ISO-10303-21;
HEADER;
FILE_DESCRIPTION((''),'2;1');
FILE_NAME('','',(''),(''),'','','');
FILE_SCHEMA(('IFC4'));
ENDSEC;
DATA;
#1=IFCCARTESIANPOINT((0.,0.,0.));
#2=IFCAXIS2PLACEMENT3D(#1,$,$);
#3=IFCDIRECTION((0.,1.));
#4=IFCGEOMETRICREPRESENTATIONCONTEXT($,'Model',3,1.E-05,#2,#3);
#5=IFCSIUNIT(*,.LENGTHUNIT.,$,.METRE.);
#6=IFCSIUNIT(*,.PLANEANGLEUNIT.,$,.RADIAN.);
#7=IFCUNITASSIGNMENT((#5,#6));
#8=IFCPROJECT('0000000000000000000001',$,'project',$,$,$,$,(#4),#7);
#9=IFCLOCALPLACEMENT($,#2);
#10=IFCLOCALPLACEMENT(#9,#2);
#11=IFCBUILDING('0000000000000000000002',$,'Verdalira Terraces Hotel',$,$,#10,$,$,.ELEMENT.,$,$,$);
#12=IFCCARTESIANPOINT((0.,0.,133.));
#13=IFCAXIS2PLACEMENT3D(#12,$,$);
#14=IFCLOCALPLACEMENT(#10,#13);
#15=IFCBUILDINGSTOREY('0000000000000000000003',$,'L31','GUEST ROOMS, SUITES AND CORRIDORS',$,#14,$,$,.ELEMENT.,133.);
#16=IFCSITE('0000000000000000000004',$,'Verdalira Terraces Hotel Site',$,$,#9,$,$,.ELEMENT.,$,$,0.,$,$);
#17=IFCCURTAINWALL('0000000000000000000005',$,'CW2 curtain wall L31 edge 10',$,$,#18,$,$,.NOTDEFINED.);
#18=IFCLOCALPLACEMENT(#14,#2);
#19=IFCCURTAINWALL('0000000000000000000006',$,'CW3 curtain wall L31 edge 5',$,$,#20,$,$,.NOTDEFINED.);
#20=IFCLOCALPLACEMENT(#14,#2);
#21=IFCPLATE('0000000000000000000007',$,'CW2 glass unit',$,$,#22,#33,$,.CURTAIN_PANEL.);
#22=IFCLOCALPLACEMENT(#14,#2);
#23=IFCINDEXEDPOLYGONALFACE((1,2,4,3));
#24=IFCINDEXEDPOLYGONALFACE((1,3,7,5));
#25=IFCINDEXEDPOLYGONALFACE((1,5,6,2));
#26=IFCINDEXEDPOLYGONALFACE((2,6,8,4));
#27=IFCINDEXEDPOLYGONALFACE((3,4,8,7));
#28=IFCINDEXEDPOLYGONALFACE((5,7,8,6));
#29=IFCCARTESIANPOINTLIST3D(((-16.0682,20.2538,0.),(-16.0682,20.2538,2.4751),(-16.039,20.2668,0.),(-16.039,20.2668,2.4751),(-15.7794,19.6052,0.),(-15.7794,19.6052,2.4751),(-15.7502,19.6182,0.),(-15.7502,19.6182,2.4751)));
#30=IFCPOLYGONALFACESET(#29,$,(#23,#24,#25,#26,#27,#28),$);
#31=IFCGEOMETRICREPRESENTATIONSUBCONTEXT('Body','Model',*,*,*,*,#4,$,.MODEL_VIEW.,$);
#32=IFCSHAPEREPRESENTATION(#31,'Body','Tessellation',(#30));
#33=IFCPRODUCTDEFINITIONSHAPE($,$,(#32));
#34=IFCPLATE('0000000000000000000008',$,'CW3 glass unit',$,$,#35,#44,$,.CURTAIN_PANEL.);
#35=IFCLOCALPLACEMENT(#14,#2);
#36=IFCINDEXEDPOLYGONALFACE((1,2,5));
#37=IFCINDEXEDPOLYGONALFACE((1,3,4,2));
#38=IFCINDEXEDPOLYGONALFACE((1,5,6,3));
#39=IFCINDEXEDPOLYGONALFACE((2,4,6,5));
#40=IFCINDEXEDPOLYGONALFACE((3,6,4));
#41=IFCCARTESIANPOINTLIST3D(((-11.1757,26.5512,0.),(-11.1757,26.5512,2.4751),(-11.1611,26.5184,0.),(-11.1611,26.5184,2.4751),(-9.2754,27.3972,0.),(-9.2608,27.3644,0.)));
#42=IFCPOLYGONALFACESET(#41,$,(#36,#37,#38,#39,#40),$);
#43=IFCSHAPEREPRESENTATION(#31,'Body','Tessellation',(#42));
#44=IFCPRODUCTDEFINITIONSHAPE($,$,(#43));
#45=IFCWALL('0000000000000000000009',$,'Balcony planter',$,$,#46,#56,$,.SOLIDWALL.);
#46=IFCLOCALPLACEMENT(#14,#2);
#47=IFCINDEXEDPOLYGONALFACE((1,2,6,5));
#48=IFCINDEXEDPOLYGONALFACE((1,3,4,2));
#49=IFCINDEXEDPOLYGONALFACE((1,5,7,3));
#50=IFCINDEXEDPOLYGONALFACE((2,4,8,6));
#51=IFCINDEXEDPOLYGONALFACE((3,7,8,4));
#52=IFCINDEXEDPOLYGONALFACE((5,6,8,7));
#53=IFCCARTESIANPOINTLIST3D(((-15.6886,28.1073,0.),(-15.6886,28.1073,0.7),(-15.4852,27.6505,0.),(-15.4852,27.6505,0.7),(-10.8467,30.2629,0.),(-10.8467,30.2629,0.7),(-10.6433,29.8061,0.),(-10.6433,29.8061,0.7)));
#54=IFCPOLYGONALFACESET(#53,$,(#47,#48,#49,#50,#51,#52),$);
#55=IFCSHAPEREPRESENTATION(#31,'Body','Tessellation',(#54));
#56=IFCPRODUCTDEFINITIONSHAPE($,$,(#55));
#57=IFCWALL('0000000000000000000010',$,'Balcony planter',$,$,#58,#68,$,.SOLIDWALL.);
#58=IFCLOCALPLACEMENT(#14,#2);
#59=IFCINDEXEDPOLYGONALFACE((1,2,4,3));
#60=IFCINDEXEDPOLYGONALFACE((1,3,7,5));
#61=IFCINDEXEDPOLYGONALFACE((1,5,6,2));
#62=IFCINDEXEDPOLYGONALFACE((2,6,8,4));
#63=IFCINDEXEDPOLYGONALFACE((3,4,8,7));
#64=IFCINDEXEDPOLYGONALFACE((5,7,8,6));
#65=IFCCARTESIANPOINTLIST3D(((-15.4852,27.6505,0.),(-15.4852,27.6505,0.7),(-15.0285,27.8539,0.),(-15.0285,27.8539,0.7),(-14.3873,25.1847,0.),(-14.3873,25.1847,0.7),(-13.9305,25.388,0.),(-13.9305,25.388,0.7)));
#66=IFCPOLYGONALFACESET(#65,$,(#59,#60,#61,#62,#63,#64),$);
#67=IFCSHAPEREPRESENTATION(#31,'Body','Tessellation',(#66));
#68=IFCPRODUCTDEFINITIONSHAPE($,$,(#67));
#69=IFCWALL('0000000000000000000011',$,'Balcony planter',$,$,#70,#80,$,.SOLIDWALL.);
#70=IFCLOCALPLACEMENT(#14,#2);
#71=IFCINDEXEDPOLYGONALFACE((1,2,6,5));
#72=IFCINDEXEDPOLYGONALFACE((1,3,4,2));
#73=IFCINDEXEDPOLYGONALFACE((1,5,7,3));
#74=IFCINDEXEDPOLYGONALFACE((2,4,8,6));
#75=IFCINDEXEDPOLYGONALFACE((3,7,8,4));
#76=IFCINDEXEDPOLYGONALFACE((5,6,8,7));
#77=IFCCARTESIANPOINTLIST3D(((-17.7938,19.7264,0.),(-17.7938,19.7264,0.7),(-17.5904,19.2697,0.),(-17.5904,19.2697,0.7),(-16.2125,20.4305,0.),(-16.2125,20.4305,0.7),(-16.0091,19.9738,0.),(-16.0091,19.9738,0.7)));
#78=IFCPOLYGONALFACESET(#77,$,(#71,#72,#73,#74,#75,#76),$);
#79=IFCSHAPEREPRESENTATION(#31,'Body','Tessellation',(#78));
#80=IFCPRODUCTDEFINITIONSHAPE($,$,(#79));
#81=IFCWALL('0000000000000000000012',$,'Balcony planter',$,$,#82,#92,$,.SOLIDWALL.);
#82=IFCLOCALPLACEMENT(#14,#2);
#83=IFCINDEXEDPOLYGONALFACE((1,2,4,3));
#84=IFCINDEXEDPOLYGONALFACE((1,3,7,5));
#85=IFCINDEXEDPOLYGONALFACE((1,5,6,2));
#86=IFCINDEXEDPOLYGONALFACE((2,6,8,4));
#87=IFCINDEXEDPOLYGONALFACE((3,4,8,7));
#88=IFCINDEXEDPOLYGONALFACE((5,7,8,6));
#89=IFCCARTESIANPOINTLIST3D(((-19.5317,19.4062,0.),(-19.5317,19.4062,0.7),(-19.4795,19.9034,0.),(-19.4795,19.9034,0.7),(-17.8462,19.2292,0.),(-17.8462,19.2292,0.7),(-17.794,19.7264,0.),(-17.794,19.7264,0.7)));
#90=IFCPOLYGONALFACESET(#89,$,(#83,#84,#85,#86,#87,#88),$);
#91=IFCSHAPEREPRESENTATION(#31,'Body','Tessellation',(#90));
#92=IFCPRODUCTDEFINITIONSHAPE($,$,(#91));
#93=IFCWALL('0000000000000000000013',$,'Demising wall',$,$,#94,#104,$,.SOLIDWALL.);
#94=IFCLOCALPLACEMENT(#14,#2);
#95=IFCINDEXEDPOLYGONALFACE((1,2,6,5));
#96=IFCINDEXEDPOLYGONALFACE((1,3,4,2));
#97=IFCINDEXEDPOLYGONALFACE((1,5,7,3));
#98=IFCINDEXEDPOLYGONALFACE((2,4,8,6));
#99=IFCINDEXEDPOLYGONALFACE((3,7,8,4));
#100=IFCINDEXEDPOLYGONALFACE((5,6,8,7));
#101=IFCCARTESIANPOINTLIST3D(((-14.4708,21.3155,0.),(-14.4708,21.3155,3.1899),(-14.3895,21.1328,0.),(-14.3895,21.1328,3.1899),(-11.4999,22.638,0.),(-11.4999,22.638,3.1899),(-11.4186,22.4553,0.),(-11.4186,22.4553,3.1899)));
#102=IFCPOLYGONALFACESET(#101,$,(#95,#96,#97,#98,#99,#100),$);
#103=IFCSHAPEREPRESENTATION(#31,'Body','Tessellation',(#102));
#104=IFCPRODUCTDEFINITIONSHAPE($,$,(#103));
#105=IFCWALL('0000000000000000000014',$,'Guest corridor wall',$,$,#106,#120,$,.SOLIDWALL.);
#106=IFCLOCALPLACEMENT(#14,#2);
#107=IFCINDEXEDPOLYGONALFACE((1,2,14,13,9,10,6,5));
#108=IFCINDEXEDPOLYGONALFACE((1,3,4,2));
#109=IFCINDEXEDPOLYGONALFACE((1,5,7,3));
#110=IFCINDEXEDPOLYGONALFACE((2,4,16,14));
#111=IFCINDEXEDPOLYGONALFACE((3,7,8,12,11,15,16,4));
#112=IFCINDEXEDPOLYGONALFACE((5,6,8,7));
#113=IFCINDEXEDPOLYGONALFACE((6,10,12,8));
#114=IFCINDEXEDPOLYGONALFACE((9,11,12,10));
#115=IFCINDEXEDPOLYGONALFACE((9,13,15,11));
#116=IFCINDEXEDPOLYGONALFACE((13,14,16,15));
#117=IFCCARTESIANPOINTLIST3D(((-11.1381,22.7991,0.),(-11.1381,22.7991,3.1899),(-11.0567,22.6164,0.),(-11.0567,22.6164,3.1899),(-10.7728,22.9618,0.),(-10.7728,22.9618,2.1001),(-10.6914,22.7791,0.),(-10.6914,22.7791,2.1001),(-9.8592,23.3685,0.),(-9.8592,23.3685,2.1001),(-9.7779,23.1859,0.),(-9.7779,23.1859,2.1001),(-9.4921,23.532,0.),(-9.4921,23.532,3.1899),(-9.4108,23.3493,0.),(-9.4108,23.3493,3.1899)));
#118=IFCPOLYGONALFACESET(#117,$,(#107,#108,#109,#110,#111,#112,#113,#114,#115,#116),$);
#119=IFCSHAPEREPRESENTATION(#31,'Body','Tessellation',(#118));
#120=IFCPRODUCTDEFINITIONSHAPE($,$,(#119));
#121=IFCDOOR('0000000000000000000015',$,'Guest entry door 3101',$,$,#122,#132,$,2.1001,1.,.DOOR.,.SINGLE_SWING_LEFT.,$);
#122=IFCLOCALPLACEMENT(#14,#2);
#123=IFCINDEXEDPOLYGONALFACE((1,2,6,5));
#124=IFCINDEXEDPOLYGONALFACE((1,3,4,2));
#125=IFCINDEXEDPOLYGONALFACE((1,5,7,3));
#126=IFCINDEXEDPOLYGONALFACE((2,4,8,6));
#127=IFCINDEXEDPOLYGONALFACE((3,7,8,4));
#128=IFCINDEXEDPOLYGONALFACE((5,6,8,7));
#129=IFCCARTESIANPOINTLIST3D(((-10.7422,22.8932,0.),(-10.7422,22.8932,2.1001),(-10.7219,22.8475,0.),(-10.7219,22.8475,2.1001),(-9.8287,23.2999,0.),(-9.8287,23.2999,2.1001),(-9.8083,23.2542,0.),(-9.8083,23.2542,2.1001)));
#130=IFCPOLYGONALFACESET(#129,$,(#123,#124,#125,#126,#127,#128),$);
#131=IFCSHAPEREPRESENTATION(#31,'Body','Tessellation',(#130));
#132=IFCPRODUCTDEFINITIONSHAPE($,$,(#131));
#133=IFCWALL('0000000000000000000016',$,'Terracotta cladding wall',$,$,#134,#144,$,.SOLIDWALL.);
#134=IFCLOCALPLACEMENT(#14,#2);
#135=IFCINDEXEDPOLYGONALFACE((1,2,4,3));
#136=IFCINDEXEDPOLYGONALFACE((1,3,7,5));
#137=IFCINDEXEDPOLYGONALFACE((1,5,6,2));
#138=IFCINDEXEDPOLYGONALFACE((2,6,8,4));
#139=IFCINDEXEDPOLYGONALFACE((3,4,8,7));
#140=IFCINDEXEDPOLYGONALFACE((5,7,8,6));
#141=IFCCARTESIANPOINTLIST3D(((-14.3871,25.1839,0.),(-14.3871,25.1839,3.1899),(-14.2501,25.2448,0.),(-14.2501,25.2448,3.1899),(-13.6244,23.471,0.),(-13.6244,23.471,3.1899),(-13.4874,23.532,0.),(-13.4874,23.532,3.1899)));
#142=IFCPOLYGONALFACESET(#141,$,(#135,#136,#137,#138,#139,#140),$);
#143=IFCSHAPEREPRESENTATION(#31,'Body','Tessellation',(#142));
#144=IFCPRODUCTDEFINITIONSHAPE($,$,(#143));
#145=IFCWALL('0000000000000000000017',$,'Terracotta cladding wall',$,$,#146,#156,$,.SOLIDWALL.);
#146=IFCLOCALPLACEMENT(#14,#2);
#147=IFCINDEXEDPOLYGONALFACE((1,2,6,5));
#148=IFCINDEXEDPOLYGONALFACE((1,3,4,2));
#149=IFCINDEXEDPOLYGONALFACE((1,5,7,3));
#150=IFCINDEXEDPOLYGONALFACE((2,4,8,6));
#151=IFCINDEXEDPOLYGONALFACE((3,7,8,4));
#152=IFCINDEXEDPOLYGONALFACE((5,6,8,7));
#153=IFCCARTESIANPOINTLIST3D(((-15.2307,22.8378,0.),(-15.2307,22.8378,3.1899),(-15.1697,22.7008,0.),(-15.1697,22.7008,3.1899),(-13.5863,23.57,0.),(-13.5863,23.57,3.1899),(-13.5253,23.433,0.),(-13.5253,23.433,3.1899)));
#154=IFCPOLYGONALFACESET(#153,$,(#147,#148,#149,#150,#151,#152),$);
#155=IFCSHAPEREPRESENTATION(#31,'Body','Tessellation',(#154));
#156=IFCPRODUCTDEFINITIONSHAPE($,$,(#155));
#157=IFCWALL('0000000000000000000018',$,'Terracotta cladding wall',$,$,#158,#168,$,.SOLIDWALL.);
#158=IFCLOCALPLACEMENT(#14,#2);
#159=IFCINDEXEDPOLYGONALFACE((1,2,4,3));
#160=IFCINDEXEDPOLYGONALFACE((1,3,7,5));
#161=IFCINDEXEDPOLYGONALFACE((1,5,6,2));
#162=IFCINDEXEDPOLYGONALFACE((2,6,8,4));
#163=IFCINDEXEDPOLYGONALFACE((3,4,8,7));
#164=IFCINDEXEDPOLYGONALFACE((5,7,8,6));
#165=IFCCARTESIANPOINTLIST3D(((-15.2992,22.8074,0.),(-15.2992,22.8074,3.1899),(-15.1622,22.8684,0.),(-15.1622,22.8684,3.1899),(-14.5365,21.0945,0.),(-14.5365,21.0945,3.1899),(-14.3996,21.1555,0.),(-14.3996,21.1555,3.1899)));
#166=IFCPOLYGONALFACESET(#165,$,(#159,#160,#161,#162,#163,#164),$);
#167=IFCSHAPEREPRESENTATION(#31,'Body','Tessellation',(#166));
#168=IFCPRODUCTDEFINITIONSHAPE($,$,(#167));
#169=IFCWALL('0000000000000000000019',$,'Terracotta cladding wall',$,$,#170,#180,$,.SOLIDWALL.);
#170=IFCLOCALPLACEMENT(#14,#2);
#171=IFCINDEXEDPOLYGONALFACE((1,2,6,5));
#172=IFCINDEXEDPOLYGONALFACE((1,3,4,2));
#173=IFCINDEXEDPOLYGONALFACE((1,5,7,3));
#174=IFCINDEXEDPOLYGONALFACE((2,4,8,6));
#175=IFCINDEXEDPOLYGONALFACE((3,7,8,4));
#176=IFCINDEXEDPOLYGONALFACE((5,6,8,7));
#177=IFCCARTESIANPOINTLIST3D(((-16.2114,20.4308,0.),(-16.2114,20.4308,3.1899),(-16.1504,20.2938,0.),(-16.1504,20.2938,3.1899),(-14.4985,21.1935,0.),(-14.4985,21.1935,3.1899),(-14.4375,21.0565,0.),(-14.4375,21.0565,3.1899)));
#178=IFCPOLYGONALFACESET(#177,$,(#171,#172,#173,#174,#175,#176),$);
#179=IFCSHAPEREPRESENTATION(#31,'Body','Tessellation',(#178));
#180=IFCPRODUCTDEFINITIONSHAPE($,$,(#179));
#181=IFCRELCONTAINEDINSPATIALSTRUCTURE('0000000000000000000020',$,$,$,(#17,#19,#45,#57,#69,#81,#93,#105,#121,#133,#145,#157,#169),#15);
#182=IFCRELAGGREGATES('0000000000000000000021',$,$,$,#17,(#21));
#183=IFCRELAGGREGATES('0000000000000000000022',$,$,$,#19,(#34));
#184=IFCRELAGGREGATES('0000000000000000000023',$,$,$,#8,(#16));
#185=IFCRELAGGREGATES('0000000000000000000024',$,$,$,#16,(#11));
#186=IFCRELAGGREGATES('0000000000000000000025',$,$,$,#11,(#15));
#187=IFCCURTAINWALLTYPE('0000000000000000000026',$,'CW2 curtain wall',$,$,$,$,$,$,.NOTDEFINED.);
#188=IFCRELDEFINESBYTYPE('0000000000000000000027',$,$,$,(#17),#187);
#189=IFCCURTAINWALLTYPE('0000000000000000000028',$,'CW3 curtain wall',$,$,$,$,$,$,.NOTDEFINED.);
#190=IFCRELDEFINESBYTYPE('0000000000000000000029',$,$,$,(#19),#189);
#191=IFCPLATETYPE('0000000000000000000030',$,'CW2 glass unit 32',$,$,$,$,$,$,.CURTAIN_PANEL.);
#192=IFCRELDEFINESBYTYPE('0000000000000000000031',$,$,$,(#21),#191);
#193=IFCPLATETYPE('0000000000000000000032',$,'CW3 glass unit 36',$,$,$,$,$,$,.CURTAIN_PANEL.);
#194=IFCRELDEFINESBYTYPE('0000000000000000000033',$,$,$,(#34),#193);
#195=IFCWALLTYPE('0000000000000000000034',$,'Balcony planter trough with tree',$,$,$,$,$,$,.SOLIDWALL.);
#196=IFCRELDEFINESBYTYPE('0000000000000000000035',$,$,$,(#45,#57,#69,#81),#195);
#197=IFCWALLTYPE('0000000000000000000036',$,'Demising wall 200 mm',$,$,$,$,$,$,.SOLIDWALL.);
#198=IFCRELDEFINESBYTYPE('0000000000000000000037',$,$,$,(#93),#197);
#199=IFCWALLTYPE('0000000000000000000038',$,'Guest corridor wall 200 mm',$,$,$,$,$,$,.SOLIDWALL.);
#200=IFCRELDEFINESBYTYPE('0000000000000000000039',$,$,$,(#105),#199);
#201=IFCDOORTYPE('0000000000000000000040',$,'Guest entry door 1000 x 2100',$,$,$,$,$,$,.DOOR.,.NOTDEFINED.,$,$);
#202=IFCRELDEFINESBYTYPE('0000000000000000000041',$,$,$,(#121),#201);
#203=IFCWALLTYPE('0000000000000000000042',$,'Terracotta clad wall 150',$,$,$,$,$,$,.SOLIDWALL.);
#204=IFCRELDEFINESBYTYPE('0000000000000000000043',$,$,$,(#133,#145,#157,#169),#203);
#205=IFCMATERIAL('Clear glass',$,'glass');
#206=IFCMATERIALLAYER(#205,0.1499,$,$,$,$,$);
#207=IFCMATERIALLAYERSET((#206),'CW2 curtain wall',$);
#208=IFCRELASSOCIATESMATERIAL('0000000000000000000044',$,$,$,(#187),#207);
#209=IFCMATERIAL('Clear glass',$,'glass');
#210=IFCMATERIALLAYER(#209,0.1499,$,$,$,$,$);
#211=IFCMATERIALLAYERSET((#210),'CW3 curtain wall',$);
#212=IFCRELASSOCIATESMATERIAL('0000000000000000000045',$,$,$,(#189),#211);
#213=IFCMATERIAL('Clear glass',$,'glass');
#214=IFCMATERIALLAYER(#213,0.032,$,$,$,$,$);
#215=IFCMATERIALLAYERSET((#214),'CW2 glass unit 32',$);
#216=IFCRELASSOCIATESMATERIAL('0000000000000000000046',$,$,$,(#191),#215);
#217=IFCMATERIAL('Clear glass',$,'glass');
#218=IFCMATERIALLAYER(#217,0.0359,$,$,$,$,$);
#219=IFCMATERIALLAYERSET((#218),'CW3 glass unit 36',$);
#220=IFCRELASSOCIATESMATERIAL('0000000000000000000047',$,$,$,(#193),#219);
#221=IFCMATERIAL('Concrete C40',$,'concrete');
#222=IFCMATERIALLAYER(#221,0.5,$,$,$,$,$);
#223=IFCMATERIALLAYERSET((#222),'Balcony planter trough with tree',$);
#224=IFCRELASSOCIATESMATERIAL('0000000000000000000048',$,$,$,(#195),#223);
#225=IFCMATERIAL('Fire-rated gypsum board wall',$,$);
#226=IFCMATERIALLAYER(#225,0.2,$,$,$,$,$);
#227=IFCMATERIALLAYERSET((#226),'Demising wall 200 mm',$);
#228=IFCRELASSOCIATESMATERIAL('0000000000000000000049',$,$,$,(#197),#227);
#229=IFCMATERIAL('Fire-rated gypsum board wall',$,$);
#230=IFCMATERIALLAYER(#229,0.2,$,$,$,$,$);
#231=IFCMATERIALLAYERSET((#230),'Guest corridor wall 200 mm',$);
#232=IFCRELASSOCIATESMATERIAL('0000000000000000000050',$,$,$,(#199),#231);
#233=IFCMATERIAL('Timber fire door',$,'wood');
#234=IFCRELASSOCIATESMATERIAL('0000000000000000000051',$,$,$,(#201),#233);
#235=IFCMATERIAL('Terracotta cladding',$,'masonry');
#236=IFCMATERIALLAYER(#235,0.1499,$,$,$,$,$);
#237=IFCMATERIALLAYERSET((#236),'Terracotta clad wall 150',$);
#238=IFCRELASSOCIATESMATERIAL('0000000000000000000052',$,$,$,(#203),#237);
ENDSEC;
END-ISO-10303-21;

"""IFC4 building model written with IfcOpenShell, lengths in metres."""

from ifc_helpers import new_model, si_unit, direction, frame, frame_2d, origin, origin_2d, place, context, subcontext, project, spatial, polyline, rectangle, outline, extrude, material, layer, layer_set, type_object, element, fill, aggregate, save


model = new_model("IFC4")

# Units and contexts
model_context = context("Model", 3, precision=1e-05, world=origin(), true_north=direction((0.0, 1.0)))
body_context = subcontext(model_context, "Body", "Model", "MODEL_VIEW")
ifc_project = project(units=[si_unit("LENGTHUNIT", "METRE"), si_unit("PLANEANGLEUNIT", "RADIAN")], contexts=[model_context])

# Site, building, storey
site_placement = place(None, origin())
site = spatial("IfcSite", under=ifc_project, at=site_placement, Name="Verdalira Terraces Hotel Site", CompositionType="ELEMENT", RefElevation=0.0)
building_placement = place(site_placement, origin())
building = spatial("IfcBuilding", under=site, at=building_placement, Name="Verdalira Terraces Hotel", CompositionType="ELEMENT")
storey_placement = place(building_placement, frame((0.0, 0.0, 133.0)))
storey = spatial("IfcBuildingStorey", under=building, at=storey_placement, Name="L31", Description="GUEST ROOMS, SUITES AND CORRIDORS", CompositionType="ELEMENT", Elevation=133.0)

# Curtain wall
ifc_material_1 = material(Name="Clear glass", Category="glass")
ifc_layer_1 = layer(ifc_material_1, 0.1499)
ifc_layer_set_1 = layer_set([ifc_layer_1], Name="CW2 curtain wall")
curtain_wall_type_1 = type_object("IfcCurtainWallType", Name="CW2 curtain wall", PredefinedType="NOTDEFINED", material=ifc_layer_set_1)
curtain_wall_1_placement = place(storey_placement, origin())
curtain_wall_1 = element("IfcCurtainWall", 1, at=curtain_wall_1_placement, inside=storey, type_object=curtain_wall_type_1, Name="CW2 curtain wall L31 edge 10", PredefinedType="NOTDEFINED")

# Curtain wall
ifc_material_2 = material(Name="Clear glass", Category="glass")
ifc_layer_2 = layer(ifc_material_2, 0.1499)
ifc_layer_set_2 = layer_set([ifc_layer_2], Name="CW3 curtain wall")
curtain_wall_type_2 = type_object("IfcCurtainWallType", Name="CW3 curtain wall", PredefinedType="NOTDEFINED", material=ifc_layer_set_2)
curtain_wall_2_placement = place(storey_placement, origin())
curtain_wall_2 = element("IfcCurtainWall", 2, at=curtain_wall_2_placement, inside=storey, type_object=curtain_wall_type_2, Name="CW3 curtain wall L31 edge 5", PredefinedType="NOTDEFINED")

# Plates
ifc_material_3 = material(Name="Clear glass", Category="glass")
ifc_layer_3 = layer(ifc_material_3, 0.032)
ifc_layer_set_3 = layer_set([ifc_layer_3], Name="CW2 glass unit 32")
plate_type_1 = type_object("IfcPlateType", Name="CW2 glass unit 32", PredefinedType="CURTAIN_PANEL", material=ifc_layer_set_3)
plate_1_placement = place(storey_placement, frame((-15.9092, 19.936, 0.0), z_axis=(0.0, 0.0, 1.0), x_axis=(0.406737, -0.913545, 0.0)))
plate_1 = element("IfcPlate", 3, at=plate_1_placement, type_object=plate_type_1, Name="CW2 glass unit", PredefinedType="CURTAIN_PANEL", context=body_context, shape_type="SweptSolid", body=[
    extrude(rectangle(XDim=0.71, YDim=0.032, at=origin_2d()), origin(), (0.0, 0.0, 1.0), 2.4751),
])
aggregate(curtain_wall_1, [plate_1])
ifc_material_4 = material(Name="Clear glass", Category="glass")
ifc_layer_4 = layer(ifc_material_4, 0.0359)
ifc_layer_set_4 = layer_set([ifc_layer_4], Name="CW3 glass unit 36")
plate_type_2 = type_object("IfcPlateType", Name="CW3 glass unit 36", PredefinedType="CURTAIN_PANEL", material=ifc_layer_set_4)
plate_2_placement = place(storey_placement, frame((-10.2109, 26.9414, 1.2375), z_axis=(-0.406737, 0.913545, 0.0), x_axis=(-0.913545, -0.406737, 0.0)))
plate_2 = element("IfcPlate", 4, at=plate_2_placement, type_object=plate_type_2, Name="CW3 glass unit", PredefinedType="CURTAIN_PANEL", context=body_context, shape_type="SweptSolid", body=[
    extrude(outline(polyline([(-1.04, -1.2375), (1.04, -1.2375), (1.04, 1.2375), (-1.04, -1.2375)])), origin(), (0.0, 0.0, 1.0), 0.0359),
])
aggregate(curtain_wall_2, [plate_2])

# Walls
ifc_material_5 = material(Name="Concrete C40", Category="concrete")
ifc_layer_5 = layer(ifc_material_5, 0.5)
ifc_layer_set_5 = layer_set([ifc_layer_5], Name="Balcony planter trough with tree")
wall_type_1 = type_object("IfcWallType", Name="Balcony planter trough with tree", PredefinedType="SOLIDWALL", material=ifc_layer_set_5)
wall_1_placement = place(storey_placement, frame((-10.7451, 30.0344, 0.0), z_axis=(0.0, 0.0, 1.0), x_axis=(-0.913559, -0.406707, 0.0)))
element("IfcWall", 5, at=wall_1_placement, inside=storey, type_object=wall_type_1, Name="Balcony planter", PredefinedType="SOLIDWALL", context=body_context, shape_type="SweptSolid", body=[
    extrude(rectangle(XDim=5.3, YDim=0.5, at=frame_2d((2.6499, 0.0))), origin(), (0.0, 0.0, 1.0), 0.7),
])
wall_2_placement = place(storey_placement, frame((-15.2568, 27.7522, 0.0), z_axis=(0.0, 0.0, 1.0), x_axis=(0.406751, -0.913539, 0.0)))
element("IfcWall", 6, at=wall_2_placement, inside=storey, type_object=wall_type_1, Name="Balcony planter", PredefinedType="SOLIDWALL", context=body_context, shape_type="SweptSolid", body=[
    extrude(rectangle(XDim=2.6992, YDim=0.5, at=frame_2d((1.3496, 0.0))), origin(), (0.0, 0.0, 1.0), 0.7),
])
wall_3_placement = place(storey_placement, frame((-16.1108, 20.2021, 0.0), z_axis=(0.0, 0.0, 1.0), x_axis=(-0.913532, -0.406767, 0.0)))
element("IfcWall", 7, at=wall_3_placement, inside=storey, type_object=wall_type_1, Name="Balcony planter", PredefinedType="SOLIDWALL", context=body_context, shape_type="SweptSolid", body=[
    extrude(rectangle(XDim=1.731, YDim=0.5, at=frame_2d((0.8655, 0.0))), origin(), (0.0, 0.0, 1.0), 0.7),
])
wall_4_placement = place(storey_placement, frame((-17.8201, 19.4778, 0.0), z_axis=(0.0, 0.0, 1.0), x_axis=(-0.994531, 0.104437, 0.0)))
element("IfcWall", 8, at=wall_4_placement, inside=storey, type_object=wall_type_1, Name="Balcony planter", PredefinedType="SOLIDWALL", context=body_context, shape_type="SweptSolid", body=[
    extrude(rectangle(XDim=1.6948, YDim=0.5, at=frame_2d((0.8474, 0.0))), origin(), (0.0, 0.0, 1.0), 0.7),
])
ifc_material_6 = material(Name="Fire-rated gypsum board wall")
ifc_layer_6 = layer(ifc_material_6, 0.2)
ifc_layer_set_6 = layer_set([ifc_layer_6], Name="Demising wall 200 mm")
wall_type_2 = type_object("IfcWallType", Name="Demising wall 200 mm", PredefinedType="SOLIDWALL", material=ifc_layer_set_6)
wall_5_placement = place(storey_placement, frame((-11.4592, 22.5466, 0.0), z_axis=(0.0, 0.0, 1.0), x_axis=(-0.913573, -0.406675, 0.0)))
element("IfcWall", 9, at=wall_5_placement, inside=storey, type_object=wall_type_2, Name="Demising wall", PredefinedType="SOLIDWALL", context=body_context, shape_type="SweptSolid", body=[
    extrude(rectangle(XDim=3.252, YDim=0.2, at=frame_2d((1.626, 0.0))), origin(), (0.0, 0.0, 1.0), 3.1899),
])

# Wall, opening, door
ifc_material_7 = material(Name="Fire-rated gypsum board wall")
ifc_layer_7 = layer(ifc_material_7, 0.2)
ifc_layer_set_7 = layer_set([ifc_layer_7], Name="Guest corridor wall 200 mm")
wall_type_3 = type_object("IfcWallType", Name="Guest corridor wall 200 mm", PredefinedType="SOLIDWALL", material=ifc_layer_set_7)
wall_6_placement = place(storey_placement, frame((-11.0974, 22.7078, 0.0), z_axis=(0.0, 0.0, 1.0), x_axis=(0.913532, 0.406767, 0.0)))
wall_6 = element("IfcWall", 10, at=wall_6_placement, inside=storey, type_object=wall_type_3, Name="Guest corridor wall", PredefinedType="SOLIDWALL", context=body_context, shape_type="SweptSolid", body=[
    extrude(rectangle(XDim=1.8018, YDim=0.2, at=frame_2d((0.9009, 0.0))), origin(), (0.0, 0.0, 1.0), 3.1899),
])
opening_1_placement = place(wall_6_placement, frame((0.3999, 0.0, 0.0)))
opening_1 = element("IfcOpeningElement", 11, at=opening_1_placement, cuts=wall_6, PredefinedType="OPENING", context=body_context, shape_type="SweptSolid", body=[
    extrude(rectangle(XDim=1.0, YDim=2.1001, at=frame_2d((0.5, 1.05))), frame((0.0, 0.1099, 0.0), z_axis=(0.0, -1.0, 0.0), x_axis=(1.0, 0.0, 0.0)), (0.0, 0.0, 1.0), 0.22),
])
ifc_material_8 = material(Name="Timber fire door", Category="wood")
door_type_1 = type_object("IfcDoorType", Name="Guest entry door 1000 x 2100", OperationType="NOTDEFINED", PredefinedType="DOOR", material=ifc_material_8)
door_1_placement = place(opening_1_placement, origin())
door_1 = element("IfcDoor", 12, at=door_1_placement, inside=storey, type_object=door_type_1, Name="Guest entry door 3101", OperationType="SINGLE_SWING_LEFT", OverallHeight=2.1001, OverallWidth=1.0, PredefinedType="DOOR", context=body_context, shape_type="SweptSolid", body=[
    extrude(rectangle(XDim=1.0, YDim=2.1001, at=frame_2d((0.5, 1.05))), frame((0.0, 0.0249, 0.0), z_axis=(0.0, -1.0, 0.0), x_axis=(1.0, 0.0, 0.0)), (0.0, 0.0, 1.0), 0.05),
])
fill(opening_1, door_1)

# Walls
ifc_material_9 = material(Name="Terracotta cladding", Category="masonry")
ifc_layer_8 = layer(ifc_material_9, 0.1499)
ifc_layer_set_8 = layer_set([ifc_layer_8], Name="Terracotta clad wall 150")
wall_type_4 = type_object("IfcWallType", Name="Terracotta clad wall 150", PredefinedType="SOLIDWALL", material=ifc_layer_set_8)
wall_7_placement = place(storey_placement, frame((-14.3186, 25.2144, 0.0), z_axis=(0.0, 0.0, 1.0), x_axis=(0.406767, -0.913532, 0.0)))
element("IfcWall", 13, at=wall_7_placement, inside=storey, type_object=wall_type_4, Name="Terracotta cladding wall", PredefinedType="SOLIDWALL", context=body_context, shape_type="SweptSolid", body=[
    extrude(rectangle(XDim=1.875, YDim=0.1499, at=frame_2d((0.9375, 0.0))), origin(), (0.0, 0.0, 1.0), 3.1899),
])
wall_8_placement = place(storey_placement, frame((-13.5559, 23.5015, 0.0), z_axis=(0.0, 0.0, 1.0), x_axis=(-0.913526, -0.40678, 0.0)))
element("IfcWall", 14, at=wall_8_placement, inside=storey, type_object=wall_type_4, Name="Terracotta cladding wall", PredefinedType="SOLIDWALL", context=body_context, shape_type="SweptSolid", body=[
    extrude(rectangle(XDim=1.8, YDim=0.1499, at=frame_2d((0.8999, 0.0))), origin(), (0.0, 0.0, 1.0), 3.1899),
])
for number, where, z_axis, x_axis, name in (
    (15, (-15.2307, 22.8379, 0.0), (0.0, 0.0, 1.0), (0.406767, -0.913532, 0.0), "Terracotta cladding wall"),
    (16, (-14.468, 21.125, 0.0), (0.0, 0.0, 1.0), (-0.913532, -0.406767, 0.0), "Terracotta cladding wall"),
):
    element("IfcWall", number, at=place(storey_placement, frame(where, z_axis=z_axis, x_axis=x_axis)), inside=storey, type_object=wall_type_4, Name=name, PredefinedType="SOLIDWALL", context=body_context, shape_type="SweptSolid", body=[
        extrude(rectangle(XDim=1.875, YDim=0.1499, at=frame_2d((0.9375, 0.0))), origin(), (0.0, 0.0, 1.0), 3.1899),
    ])

save(model, "model.ifc")
